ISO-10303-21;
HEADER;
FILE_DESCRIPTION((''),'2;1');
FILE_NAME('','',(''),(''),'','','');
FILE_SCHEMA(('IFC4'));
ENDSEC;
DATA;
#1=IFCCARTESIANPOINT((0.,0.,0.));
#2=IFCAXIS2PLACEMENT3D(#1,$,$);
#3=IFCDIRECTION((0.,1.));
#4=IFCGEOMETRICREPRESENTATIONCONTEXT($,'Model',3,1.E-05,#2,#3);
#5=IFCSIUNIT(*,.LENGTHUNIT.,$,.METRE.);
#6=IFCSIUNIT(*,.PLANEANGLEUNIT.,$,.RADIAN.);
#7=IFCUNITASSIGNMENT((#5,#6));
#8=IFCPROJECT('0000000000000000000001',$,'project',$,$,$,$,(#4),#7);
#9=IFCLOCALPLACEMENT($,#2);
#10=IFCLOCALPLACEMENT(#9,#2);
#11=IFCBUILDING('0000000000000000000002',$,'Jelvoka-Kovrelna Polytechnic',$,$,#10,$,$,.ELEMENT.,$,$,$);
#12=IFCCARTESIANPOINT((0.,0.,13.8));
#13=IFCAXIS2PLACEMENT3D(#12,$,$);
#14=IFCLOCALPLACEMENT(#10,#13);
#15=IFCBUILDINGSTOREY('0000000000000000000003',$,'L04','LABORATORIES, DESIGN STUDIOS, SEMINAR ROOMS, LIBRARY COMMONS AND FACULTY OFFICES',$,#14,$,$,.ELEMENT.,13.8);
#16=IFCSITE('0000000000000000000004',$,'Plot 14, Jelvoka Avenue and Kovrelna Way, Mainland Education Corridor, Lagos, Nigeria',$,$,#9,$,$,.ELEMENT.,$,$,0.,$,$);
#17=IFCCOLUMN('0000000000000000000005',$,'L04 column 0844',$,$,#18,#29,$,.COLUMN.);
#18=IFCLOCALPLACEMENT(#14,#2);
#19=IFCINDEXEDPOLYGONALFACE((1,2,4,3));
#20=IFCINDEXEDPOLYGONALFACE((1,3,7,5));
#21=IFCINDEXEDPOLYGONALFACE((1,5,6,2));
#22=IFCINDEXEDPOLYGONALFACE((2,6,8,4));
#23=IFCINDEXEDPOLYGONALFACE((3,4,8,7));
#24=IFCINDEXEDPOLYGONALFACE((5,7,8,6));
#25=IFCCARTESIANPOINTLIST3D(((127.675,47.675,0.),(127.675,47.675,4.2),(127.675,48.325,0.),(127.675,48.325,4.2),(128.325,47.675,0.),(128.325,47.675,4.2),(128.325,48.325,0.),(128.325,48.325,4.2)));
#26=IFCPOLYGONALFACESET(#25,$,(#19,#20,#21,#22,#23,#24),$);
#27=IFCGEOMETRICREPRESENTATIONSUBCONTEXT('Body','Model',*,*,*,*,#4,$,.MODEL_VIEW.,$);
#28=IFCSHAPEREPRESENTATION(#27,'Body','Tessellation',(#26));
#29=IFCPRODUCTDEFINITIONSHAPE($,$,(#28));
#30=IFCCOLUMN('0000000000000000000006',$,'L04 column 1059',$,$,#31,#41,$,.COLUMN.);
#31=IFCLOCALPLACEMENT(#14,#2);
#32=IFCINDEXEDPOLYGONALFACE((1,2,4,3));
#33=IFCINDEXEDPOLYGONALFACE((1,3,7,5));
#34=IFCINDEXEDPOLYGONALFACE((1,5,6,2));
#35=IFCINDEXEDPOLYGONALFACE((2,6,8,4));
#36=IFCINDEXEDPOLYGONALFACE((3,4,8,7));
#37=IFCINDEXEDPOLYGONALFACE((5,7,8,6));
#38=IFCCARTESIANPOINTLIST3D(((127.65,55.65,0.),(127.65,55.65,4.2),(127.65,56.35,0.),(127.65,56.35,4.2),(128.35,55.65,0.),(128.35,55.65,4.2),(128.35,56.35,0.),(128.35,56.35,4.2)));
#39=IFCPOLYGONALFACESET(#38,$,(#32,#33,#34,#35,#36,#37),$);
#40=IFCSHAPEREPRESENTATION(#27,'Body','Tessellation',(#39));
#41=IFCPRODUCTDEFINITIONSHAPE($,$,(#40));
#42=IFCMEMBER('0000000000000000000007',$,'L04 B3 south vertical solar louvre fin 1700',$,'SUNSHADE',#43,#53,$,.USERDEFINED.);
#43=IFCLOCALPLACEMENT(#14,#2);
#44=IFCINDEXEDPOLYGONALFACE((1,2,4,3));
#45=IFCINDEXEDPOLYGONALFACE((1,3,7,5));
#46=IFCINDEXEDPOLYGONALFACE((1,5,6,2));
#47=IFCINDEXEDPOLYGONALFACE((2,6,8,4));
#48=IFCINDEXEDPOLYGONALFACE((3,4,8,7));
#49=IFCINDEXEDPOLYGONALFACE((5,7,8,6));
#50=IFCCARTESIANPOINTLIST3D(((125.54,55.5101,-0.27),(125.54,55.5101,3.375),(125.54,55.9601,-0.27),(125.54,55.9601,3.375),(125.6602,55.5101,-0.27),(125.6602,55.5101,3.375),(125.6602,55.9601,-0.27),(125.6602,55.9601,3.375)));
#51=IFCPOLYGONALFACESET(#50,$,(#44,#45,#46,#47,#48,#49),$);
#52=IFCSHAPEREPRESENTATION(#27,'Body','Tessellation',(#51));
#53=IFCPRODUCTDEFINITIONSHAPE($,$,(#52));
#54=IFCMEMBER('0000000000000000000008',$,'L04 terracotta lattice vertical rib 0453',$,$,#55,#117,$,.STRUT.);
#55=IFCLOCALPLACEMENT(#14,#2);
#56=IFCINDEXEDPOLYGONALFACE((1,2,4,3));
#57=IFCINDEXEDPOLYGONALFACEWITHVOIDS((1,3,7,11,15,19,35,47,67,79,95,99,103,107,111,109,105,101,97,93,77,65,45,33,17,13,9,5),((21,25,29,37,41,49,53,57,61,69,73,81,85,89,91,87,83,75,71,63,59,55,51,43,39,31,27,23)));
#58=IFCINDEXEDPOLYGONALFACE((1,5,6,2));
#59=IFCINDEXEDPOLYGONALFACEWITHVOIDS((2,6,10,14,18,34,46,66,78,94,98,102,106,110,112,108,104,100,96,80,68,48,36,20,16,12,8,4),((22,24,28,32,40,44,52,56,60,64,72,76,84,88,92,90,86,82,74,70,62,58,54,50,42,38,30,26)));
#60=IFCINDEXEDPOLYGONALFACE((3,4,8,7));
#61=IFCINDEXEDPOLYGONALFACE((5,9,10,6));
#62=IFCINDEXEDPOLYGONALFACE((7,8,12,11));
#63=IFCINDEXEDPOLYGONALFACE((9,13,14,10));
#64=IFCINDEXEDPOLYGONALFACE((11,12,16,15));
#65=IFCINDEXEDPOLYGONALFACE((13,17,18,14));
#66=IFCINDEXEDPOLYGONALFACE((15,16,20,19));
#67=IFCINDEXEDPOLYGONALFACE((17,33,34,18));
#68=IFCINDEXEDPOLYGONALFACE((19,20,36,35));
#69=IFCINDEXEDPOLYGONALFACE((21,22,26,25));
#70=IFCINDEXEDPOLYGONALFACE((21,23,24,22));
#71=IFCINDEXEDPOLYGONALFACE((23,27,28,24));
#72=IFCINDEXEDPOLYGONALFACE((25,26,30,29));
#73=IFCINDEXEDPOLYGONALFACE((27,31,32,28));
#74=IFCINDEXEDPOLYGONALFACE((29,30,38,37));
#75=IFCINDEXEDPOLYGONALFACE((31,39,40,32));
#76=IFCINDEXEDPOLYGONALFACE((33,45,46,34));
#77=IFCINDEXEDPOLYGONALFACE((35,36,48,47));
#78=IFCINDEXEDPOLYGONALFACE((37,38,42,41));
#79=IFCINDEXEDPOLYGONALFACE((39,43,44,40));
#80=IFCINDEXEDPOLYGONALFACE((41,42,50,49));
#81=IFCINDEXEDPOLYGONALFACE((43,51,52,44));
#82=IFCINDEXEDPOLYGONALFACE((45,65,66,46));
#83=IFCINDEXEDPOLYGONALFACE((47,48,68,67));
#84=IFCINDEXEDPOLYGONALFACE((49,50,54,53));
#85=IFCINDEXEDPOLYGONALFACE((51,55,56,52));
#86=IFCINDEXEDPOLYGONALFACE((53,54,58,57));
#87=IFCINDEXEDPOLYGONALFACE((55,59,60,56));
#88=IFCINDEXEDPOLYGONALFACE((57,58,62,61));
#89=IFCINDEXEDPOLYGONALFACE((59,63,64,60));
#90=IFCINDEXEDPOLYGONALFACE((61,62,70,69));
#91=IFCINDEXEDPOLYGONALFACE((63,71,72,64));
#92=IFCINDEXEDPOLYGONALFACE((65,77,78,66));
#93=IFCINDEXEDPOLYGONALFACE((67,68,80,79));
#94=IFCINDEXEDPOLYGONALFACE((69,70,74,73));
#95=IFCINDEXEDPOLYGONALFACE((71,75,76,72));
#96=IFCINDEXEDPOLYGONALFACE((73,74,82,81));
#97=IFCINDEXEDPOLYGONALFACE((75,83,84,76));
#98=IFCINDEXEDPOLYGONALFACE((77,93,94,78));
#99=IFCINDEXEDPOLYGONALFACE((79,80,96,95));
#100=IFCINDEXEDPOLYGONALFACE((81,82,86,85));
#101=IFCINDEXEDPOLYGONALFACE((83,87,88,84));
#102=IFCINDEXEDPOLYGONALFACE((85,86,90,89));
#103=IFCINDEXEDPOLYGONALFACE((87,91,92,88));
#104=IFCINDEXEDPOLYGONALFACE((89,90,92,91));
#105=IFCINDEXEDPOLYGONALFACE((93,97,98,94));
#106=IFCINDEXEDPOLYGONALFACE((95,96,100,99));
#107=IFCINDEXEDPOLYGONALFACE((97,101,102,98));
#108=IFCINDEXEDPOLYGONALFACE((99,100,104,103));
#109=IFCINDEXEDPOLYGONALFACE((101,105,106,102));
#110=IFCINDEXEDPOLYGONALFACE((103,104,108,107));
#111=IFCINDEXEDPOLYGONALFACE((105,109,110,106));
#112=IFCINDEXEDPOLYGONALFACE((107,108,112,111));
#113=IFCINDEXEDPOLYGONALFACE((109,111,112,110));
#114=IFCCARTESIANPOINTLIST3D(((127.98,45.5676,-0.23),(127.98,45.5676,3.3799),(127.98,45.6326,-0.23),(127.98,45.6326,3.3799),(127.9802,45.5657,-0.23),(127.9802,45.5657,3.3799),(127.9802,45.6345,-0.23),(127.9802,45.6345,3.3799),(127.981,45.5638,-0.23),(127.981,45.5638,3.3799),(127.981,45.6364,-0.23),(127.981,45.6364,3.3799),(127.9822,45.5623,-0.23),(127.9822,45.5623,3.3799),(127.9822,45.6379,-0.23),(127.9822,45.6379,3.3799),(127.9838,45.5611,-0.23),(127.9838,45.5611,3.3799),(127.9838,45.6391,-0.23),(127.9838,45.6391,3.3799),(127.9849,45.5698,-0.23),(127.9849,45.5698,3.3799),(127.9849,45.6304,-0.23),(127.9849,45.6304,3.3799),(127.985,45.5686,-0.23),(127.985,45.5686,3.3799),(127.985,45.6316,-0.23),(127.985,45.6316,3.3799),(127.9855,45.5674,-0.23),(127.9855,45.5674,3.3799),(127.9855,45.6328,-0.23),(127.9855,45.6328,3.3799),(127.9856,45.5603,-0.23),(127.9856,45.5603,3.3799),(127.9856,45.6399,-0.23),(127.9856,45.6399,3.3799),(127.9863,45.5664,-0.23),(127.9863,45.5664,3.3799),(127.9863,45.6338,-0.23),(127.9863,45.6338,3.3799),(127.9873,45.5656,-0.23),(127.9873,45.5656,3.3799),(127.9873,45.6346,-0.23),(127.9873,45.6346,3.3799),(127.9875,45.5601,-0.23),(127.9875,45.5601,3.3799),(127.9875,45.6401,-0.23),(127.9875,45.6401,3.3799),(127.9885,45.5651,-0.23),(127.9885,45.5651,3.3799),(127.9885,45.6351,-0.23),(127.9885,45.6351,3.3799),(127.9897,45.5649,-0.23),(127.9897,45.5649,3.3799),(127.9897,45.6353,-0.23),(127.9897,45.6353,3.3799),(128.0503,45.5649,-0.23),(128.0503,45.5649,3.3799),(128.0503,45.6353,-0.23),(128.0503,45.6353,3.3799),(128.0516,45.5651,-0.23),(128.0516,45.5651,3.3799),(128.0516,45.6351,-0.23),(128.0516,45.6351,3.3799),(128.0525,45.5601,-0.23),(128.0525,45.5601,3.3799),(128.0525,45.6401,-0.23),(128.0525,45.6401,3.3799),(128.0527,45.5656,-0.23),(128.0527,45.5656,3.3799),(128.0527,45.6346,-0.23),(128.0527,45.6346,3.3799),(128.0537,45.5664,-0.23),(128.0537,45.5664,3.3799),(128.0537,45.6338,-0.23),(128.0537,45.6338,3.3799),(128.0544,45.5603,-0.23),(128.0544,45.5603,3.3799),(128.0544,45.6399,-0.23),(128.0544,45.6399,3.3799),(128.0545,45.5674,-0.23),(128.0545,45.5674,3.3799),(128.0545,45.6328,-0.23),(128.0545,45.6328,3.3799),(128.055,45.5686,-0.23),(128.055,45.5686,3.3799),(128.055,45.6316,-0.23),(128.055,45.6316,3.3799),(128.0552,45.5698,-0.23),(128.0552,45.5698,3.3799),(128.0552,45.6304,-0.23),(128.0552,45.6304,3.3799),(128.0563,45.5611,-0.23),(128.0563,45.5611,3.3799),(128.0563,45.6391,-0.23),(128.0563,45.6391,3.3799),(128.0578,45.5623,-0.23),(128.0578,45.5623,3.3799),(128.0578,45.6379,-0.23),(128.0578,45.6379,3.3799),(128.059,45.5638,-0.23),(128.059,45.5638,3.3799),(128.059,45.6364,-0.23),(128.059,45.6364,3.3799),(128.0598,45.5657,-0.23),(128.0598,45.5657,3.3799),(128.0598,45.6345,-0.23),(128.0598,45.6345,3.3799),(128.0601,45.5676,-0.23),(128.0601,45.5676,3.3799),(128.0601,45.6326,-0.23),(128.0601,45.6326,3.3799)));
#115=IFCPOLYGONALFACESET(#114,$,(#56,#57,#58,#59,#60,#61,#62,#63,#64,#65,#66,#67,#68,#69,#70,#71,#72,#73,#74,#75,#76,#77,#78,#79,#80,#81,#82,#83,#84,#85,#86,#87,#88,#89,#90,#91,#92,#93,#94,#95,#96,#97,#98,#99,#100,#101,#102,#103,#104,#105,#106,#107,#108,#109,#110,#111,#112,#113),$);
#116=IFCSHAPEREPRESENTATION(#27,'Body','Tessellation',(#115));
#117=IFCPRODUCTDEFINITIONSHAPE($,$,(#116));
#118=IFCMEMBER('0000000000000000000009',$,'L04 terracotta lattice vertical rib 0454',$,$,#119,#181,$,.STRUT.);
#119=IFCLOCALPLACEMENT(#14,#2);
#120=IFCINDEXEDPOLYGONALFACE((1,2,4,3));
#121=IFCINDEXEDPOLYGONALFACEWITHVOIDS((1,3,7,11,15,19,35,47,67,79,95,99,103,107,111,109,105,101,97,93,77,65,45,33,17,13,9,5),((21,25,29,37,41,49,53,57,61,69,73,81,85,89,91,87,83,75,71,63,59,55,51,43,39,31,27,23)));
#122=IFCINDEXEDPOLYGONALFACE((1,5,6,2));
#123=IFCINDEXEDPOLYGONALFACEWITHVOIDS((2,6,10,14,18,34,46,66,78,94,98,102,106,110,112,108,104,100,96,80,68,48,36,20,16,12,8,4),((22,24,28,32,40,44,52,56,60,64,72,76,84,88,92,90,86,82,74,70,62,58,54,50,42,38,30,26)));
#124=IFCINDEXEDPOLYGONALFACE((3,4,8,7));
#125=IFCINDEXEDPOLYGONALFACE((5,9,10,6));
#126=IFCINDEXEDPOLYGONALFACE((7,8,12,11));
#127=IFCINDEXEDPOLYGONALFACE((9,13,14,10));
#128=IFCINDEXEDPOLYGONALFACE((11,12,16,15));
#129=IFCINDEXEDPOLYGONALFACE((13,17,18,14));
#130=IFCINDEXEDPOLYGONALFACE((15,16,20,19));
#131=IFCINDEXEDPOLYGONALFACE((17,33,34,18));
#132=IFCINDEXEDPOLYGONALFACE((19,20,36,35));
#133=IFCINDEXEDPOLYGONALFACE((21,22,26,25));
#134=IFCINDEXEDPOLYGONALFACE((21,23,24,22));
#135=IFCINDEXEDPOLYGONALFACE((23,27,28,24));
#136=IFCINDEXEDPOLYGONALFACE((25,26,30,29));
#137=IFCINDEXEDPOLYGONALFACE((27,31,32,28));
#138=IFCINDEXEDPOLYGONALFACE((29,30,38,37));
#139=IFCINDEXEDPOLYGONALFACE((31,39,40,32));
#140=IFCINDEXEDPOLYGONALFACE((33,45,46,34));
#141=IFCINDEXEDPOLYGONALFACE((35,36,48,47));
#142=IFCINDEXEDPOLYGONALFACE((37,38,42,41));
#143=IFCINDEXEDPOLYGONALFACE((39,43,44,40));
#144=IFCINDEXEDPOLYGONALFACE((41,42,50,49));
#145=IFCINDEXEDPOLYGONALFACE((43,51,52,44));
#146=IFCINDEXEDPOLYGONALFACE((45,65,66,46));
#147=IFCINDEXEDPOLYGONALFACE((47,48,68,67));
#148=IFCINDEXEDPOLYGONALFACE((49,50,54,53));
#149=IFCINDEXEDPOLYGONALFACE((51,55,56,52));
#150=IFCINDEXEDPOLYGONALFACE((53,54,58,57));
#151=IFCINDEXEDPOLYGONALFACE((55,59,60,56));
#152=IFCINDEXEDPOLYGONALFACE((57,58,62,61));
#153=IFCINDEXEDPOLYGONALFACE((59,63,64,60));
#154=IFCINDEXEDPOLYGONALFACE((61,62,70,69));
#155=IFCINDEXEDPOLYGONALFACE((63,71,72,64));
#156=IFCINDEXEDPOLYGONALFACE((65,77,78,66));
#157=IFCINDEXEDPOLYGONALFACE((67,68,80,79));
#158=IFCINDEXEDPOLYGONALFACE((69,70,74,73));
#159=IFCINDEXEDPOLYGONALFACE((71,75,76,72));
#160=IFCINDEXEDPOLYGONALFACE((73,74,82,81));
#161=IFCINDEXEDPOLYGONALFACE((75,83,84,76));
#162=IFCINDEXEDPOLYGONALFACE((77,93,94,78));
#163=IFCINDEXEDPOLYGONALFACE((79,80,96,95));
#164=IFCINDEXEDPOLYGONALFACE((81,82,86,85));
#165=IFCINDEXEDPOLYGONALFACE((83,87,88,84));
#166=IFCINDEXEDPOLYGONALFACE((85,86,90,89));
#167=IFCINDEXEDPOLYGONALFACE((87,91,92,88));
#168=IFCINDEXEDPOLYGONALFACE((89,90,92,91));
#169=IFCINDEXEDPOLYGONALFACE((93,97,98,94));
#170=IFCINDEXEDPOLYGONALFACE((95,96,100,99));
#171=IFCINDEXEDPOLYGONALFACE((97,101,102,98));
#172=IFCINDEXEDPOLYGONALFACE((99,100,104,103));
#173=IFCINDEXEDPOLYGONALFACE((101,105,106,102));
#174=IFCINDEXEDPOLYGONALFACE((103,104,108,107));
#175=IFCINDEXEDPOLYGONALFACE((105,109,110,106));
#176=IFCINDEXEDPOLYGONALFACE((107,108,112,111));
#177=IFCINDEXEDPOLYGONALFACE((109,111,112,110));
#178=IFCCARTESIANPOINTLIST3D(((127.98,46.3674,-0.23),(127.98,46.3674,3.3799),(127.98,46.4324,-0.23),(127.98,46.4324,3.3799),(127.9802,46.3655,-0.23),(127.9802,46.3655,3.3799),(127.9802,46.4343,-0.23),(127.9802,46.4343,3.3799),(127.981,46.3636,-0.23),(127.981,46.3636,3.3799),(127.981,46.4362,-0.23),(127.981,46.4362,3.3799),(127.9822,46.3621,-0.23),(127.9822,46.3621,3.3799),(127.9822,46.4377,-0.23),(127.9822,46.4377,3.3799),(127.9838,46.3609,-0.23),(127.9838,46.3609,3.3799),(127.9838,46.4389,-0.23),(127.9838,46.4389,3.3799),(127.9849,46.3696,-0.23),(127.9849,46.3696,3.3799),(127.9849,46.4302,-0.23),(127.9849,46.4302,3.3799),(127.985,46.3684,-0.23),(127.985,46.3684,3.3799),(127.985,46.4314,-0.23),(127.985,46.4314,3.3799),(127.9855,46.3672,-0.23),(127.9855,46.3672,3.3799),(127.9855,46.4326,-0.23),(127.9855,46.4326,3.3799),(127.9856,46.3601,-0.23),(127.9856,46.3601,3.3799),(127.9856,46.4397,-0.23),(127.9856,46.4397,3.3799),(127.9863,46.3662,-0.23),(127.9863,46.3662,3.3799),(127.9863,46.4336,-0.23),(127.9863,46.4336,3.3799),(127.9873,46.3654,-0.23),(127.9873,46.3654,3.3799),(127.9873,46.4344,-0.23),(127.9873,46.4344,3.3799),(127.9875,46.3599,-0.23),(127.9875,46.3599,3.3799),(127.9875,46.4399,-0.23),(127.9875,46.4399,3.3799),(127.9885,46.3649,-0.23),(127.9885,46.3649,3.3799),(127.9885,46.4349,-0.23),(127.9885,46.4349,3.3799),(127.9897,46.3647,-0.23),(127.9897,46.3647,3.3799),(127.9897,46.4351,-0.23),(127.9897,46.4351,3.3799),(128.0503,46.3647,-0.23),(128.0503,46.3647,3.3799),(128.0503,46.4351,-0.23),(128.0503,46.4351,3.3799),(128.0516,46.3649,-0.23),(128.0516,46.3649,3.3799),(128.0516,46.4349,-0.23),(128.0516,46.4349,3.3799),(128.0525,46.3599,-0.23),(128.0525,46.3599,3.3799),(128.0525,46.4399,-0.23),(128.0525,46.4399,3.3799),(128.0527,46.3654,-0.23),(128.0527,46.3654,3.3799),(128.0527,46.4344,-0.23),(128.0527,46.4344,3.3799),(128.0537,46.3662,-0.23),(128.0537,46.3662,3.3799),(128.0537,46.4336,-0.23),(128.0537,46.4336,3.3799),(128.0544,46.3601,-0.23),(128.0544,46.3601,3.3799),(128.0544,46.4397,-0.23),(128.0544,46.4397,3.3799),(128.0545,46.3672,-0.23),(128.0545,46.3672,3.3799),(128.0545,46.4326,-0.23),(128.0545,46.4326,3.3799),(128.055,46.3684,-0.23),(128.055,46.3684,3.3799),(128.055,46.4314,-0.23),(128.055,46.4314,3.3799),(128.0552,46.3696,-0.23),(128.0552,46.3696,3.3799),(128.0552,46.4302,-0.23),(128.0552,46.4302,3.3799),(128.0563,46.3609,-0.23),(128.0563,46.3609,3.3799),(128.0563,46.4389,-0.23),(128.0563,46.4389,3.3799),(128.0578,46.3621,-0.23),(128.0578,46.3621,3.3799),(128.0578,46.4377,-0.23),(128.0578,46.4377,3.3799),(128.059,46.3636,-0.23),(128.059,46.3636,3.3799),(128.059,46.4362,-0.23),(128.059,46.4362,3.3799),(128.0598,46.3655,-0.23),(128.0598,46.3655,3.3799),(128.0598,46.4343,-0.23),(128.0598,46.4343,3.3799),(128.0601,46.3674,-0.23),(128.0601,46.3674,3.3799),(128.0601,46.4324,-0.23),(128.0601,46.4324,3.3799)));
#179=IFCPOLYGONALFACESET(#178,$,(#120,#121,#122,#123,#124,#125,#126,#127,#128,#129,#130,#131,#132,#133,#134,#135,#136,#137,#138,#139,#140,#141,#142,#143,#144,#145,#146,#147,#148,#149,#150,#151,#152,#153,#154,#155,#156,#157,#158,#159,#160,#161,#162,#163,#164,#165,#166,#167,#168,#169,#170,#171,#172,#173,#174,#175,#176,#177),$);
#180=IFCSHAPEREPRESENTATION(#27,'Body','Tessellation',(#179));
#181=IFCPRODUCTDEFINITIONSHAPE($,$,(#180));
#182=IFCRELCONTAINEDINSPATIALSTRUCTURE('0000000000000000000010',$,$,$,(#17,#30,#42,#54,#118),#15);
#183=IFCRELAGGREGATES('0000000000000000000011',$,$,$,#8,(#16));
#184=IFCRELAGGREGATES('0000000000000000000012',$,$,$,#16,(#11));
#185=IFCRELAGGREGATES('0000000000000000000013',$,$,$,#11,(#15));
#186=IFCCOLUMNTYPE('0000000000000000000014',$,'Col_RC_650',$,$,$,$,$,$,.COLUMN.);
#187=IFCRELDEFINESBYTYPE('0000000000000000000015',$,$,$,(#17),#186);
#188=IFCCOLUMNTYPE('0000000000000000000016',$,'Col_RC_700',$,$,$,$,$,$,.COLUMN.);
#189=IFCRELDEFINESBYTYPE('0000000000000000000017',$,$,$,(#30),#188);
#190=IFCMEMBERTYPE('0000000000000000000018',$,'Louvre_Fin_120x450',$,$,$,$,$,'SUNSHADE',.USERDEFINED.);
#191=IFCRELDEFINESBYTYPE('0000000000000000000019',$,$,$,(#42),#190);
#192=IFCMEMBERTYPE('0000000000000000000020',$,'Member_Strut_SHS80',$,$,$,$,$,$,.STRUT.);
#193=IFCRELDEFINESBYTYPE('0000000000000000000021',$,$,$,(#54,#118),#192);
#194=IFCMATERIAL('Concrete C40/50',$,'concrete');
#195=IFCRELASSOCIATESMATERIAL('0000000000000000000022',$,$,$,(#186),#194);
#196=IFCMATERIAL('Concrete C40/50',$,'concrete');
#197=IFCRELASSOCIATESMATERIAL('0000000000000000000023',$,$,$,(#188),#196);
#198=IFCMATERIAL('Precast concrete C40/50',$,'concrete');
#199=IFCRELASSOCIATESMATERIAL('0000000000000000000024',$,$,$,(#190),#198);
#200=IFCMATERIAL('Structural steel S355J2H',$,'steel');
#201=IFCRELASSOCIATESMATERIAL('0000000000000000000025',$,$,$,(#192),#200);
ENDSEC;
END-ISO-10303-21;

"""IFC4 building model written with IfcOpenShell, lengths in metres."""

from ifc_helpers import new_model, si_unit, direction, frame, origin, origin_2d, place, context, subcontext, project, spatial, rectangle, hollow_rectangle, extrude, material, material_profile, profile_set, type_object, element, save


model = new_model("IFC4")

# Units and contexts
model_context = context("Model", 3, precision=1e-05, world=origin(), true_north=direction((0.0, 1.0)))
body_context = subcontext(model_context, "Body", "Model", "MODEL_VIEW")
ifc_project = project(units=[si_unit("LENGTHUNIT", "METRE"), si_unit("PLANEANGLEUNIT", "RADIAN")], contexts=[model_context])

# Site, building, storey
site_placement = place(None, origin())
site = spatial("IfcSite", under=ifc_project, at=site_placement, Name="Plot 14, Jelvoka Avenue and Kovrelna Way, Mainland Education Corridor, Lagos, Nigeria", CompositionType="ELEMENT", RefElevation=0.0)
building_placement = place(site_placement, origin())
building = spatial("IfcBuilding", under=site, at=building_placement, Name="Jelvoka-Kovrelna Polytechnic", CompositionType="ELEMENT")
storey_placement = place(building_placement, frame((0.0, 0.0, 13.8)))
storey = spatial("IfcBuildingStorey", under=building, at=storey_placement, Name="L04", Description="LABORATORIES, DESIGN STUDIOS, SEMINAR ROOMS, LIBRARY COMMONS AND FACULTY OFFICES", CompositionType="ELEMENT", Elevation=13.8)

# Columns
ifc_material_1 = material(Name="Concrete C40/50", Category="concrete")
ifc_material_profile_1 = material_profile(ifc_material_1, rectangle(XDim=0.6499, YDim=0.6499, at=origin_2d()), Name="RC 650x650")
ifc_profile_set_1 = profile_set([ifc_material_profile_1], Name="Concrete C40/50")
column_type_1 = type_object("IfcColumnType", Name="Col_RC_650", PredefinedType="COLUMN", material=ifc_profile_set_1)
column_1_placement = place(storey_placement, frame((128.0, 48.0, 0.0), z_axis=(0.0, 0.0, 1.0), x_axis=(1.0, 0.0, 0.0)))
element("IfcColumn", 1, at=column_1_placement, inside=storey, type_object=column_type_1, Name="L04 column 0844", PredefinedType="COLUMN", context=body_context, shape_type="SweptSolid", body=[
    extrude(rectangle(XDim=0.6499, YDim=0.6499, at=origin_2d()), origin(), (0.0, 0.0, 1.0), 4.2),
])
ifc_material_2 = material(Name="Concrete C40/50", Category="concrete")
ifc_material_profile_2 = material_profile(ifc_material_2, rectangle(XDim=0.7, YDim=0.7, at=origin_2d()), Name="RC 700x700")
ifc_profile_set_2 = profile_set([ifc_material_profile_2], Name="Concrete C40/50")
column_type_2 = type_object("IfcColumnType", Name="Col_RC_700", PredefinedType="COLUMN", material=ifc_profile_set_2)
column_2_placement = place(storey_placement, frame((128.0, 56.0, 0.0), z_axis=(0.0, 0.0, 1.0), x_axis=(1.0, 0.0, 0.0)))
element("IfcColumn", 2, at=column_2_placement, inside=storey, type_object=column_type_2, Name="L04 column 1059", PredefinedType="COLUMN", context=body_context, shape_type="SweptSolid", body=[
    extrude(rectangle(XDim=0.7, YDim=0.7, at=origin_2d()), origin(), (0.0, 0.0, 1.0), 4.2),
])

# Members
ifc_material_3 = material(Name="Precast concrete C40/50", Category="concrete")
ifc_material_profile_3 = material_profile(ifc_material_3, rectangle(XDim=0.1201, YDim=0.45, at=origin_2d()), Name="PC 120x450")
ifc_profile_set_3 = profile_set([ifc_material_profile_3], Name="Precast concrete C40/50")
member_type_1 = type_object("IfcMemberType", Name="Louvre_Fin_120x450", ElementType="SUNSHADE", PredefinedType="USERDEFINED", material=ifc_profile_set_3)
member_placement = place(storey_placement, frame((125.6001, 55.7351, -0.27), z_axis=(0.0, 0.0, 1.0), x_axis=(1.0, 0.0, 0.0)))
element("IfcMember", 3, at=member_placement, inside=storey, type_object=member_type_1, Name="L04 B3 south vertical solar louvre fin 1700", ObjectType="SUNSHADE", PredefinedType="USERDEFINED", context=body_context, shape_type="SweptSolid", body=[
    extrude(rectangle(XDim=0.1201, YDim=0.45, at=origin_2d()), origin(), (0.0, 0.0, 1.0), 3.645),
])
ifc_material_4 = material(Name="Structural steel S355J2H", Category="steel")
ifc_material_profile_4 = material_profile(ifc_material_4, hollow_rectangle(XDim=0.0801, YDim=0.0801, WallThickness=0.0049, InnerFilletRadius=0.0049, OuterFilletRadius=0.0076, at=origin_2d()), Name="80x80x5.0 SHS")
ifc_profile_set_4 = profile_set([ifc_material_profile_4], Name="Structural steel S355J2H")
member_type_2 = type_object("IfcMemberType", Name="Member_Strut_SHS80", PredefinedType="STRUT", material=ifc_profile_set_4)
for number, where, z_axis, x_axis, name in (
    (4, (128.02, 45.6001, -0.23), (0.0, 0.0, 1.0), (1.0, 0.0, 0.0), "L04 terracotta lattice vertical rib 0453"),
    (5, (128.02, 46.3999, -0.23), (0.0, 0.0, 1.0), (1.0, 0.0, 0.0), "L04 terracotta lattice vertical rib 0454"),
):
    element("IfcMember", number, at=place(storey_placement, frame(where, z_axis=z_axis, x_axis=x_axis)), inside=storey, type_object=member_type_2, Name=name, PredefinedType="STRUT", context=body_context, shape_type="SweptSolid", body=[
        extrude(hollow_rectangle(XDim=0.0801, YDim=0.0801, WallThickness=0.0049, InnerFilletRadius=0.0049, OuterFilletRadius=0.0076, at=origin_2d()), origin(), (0.0, 0.0, 1.0), 3.6099),
    ])

save(model, "model.ifc")
